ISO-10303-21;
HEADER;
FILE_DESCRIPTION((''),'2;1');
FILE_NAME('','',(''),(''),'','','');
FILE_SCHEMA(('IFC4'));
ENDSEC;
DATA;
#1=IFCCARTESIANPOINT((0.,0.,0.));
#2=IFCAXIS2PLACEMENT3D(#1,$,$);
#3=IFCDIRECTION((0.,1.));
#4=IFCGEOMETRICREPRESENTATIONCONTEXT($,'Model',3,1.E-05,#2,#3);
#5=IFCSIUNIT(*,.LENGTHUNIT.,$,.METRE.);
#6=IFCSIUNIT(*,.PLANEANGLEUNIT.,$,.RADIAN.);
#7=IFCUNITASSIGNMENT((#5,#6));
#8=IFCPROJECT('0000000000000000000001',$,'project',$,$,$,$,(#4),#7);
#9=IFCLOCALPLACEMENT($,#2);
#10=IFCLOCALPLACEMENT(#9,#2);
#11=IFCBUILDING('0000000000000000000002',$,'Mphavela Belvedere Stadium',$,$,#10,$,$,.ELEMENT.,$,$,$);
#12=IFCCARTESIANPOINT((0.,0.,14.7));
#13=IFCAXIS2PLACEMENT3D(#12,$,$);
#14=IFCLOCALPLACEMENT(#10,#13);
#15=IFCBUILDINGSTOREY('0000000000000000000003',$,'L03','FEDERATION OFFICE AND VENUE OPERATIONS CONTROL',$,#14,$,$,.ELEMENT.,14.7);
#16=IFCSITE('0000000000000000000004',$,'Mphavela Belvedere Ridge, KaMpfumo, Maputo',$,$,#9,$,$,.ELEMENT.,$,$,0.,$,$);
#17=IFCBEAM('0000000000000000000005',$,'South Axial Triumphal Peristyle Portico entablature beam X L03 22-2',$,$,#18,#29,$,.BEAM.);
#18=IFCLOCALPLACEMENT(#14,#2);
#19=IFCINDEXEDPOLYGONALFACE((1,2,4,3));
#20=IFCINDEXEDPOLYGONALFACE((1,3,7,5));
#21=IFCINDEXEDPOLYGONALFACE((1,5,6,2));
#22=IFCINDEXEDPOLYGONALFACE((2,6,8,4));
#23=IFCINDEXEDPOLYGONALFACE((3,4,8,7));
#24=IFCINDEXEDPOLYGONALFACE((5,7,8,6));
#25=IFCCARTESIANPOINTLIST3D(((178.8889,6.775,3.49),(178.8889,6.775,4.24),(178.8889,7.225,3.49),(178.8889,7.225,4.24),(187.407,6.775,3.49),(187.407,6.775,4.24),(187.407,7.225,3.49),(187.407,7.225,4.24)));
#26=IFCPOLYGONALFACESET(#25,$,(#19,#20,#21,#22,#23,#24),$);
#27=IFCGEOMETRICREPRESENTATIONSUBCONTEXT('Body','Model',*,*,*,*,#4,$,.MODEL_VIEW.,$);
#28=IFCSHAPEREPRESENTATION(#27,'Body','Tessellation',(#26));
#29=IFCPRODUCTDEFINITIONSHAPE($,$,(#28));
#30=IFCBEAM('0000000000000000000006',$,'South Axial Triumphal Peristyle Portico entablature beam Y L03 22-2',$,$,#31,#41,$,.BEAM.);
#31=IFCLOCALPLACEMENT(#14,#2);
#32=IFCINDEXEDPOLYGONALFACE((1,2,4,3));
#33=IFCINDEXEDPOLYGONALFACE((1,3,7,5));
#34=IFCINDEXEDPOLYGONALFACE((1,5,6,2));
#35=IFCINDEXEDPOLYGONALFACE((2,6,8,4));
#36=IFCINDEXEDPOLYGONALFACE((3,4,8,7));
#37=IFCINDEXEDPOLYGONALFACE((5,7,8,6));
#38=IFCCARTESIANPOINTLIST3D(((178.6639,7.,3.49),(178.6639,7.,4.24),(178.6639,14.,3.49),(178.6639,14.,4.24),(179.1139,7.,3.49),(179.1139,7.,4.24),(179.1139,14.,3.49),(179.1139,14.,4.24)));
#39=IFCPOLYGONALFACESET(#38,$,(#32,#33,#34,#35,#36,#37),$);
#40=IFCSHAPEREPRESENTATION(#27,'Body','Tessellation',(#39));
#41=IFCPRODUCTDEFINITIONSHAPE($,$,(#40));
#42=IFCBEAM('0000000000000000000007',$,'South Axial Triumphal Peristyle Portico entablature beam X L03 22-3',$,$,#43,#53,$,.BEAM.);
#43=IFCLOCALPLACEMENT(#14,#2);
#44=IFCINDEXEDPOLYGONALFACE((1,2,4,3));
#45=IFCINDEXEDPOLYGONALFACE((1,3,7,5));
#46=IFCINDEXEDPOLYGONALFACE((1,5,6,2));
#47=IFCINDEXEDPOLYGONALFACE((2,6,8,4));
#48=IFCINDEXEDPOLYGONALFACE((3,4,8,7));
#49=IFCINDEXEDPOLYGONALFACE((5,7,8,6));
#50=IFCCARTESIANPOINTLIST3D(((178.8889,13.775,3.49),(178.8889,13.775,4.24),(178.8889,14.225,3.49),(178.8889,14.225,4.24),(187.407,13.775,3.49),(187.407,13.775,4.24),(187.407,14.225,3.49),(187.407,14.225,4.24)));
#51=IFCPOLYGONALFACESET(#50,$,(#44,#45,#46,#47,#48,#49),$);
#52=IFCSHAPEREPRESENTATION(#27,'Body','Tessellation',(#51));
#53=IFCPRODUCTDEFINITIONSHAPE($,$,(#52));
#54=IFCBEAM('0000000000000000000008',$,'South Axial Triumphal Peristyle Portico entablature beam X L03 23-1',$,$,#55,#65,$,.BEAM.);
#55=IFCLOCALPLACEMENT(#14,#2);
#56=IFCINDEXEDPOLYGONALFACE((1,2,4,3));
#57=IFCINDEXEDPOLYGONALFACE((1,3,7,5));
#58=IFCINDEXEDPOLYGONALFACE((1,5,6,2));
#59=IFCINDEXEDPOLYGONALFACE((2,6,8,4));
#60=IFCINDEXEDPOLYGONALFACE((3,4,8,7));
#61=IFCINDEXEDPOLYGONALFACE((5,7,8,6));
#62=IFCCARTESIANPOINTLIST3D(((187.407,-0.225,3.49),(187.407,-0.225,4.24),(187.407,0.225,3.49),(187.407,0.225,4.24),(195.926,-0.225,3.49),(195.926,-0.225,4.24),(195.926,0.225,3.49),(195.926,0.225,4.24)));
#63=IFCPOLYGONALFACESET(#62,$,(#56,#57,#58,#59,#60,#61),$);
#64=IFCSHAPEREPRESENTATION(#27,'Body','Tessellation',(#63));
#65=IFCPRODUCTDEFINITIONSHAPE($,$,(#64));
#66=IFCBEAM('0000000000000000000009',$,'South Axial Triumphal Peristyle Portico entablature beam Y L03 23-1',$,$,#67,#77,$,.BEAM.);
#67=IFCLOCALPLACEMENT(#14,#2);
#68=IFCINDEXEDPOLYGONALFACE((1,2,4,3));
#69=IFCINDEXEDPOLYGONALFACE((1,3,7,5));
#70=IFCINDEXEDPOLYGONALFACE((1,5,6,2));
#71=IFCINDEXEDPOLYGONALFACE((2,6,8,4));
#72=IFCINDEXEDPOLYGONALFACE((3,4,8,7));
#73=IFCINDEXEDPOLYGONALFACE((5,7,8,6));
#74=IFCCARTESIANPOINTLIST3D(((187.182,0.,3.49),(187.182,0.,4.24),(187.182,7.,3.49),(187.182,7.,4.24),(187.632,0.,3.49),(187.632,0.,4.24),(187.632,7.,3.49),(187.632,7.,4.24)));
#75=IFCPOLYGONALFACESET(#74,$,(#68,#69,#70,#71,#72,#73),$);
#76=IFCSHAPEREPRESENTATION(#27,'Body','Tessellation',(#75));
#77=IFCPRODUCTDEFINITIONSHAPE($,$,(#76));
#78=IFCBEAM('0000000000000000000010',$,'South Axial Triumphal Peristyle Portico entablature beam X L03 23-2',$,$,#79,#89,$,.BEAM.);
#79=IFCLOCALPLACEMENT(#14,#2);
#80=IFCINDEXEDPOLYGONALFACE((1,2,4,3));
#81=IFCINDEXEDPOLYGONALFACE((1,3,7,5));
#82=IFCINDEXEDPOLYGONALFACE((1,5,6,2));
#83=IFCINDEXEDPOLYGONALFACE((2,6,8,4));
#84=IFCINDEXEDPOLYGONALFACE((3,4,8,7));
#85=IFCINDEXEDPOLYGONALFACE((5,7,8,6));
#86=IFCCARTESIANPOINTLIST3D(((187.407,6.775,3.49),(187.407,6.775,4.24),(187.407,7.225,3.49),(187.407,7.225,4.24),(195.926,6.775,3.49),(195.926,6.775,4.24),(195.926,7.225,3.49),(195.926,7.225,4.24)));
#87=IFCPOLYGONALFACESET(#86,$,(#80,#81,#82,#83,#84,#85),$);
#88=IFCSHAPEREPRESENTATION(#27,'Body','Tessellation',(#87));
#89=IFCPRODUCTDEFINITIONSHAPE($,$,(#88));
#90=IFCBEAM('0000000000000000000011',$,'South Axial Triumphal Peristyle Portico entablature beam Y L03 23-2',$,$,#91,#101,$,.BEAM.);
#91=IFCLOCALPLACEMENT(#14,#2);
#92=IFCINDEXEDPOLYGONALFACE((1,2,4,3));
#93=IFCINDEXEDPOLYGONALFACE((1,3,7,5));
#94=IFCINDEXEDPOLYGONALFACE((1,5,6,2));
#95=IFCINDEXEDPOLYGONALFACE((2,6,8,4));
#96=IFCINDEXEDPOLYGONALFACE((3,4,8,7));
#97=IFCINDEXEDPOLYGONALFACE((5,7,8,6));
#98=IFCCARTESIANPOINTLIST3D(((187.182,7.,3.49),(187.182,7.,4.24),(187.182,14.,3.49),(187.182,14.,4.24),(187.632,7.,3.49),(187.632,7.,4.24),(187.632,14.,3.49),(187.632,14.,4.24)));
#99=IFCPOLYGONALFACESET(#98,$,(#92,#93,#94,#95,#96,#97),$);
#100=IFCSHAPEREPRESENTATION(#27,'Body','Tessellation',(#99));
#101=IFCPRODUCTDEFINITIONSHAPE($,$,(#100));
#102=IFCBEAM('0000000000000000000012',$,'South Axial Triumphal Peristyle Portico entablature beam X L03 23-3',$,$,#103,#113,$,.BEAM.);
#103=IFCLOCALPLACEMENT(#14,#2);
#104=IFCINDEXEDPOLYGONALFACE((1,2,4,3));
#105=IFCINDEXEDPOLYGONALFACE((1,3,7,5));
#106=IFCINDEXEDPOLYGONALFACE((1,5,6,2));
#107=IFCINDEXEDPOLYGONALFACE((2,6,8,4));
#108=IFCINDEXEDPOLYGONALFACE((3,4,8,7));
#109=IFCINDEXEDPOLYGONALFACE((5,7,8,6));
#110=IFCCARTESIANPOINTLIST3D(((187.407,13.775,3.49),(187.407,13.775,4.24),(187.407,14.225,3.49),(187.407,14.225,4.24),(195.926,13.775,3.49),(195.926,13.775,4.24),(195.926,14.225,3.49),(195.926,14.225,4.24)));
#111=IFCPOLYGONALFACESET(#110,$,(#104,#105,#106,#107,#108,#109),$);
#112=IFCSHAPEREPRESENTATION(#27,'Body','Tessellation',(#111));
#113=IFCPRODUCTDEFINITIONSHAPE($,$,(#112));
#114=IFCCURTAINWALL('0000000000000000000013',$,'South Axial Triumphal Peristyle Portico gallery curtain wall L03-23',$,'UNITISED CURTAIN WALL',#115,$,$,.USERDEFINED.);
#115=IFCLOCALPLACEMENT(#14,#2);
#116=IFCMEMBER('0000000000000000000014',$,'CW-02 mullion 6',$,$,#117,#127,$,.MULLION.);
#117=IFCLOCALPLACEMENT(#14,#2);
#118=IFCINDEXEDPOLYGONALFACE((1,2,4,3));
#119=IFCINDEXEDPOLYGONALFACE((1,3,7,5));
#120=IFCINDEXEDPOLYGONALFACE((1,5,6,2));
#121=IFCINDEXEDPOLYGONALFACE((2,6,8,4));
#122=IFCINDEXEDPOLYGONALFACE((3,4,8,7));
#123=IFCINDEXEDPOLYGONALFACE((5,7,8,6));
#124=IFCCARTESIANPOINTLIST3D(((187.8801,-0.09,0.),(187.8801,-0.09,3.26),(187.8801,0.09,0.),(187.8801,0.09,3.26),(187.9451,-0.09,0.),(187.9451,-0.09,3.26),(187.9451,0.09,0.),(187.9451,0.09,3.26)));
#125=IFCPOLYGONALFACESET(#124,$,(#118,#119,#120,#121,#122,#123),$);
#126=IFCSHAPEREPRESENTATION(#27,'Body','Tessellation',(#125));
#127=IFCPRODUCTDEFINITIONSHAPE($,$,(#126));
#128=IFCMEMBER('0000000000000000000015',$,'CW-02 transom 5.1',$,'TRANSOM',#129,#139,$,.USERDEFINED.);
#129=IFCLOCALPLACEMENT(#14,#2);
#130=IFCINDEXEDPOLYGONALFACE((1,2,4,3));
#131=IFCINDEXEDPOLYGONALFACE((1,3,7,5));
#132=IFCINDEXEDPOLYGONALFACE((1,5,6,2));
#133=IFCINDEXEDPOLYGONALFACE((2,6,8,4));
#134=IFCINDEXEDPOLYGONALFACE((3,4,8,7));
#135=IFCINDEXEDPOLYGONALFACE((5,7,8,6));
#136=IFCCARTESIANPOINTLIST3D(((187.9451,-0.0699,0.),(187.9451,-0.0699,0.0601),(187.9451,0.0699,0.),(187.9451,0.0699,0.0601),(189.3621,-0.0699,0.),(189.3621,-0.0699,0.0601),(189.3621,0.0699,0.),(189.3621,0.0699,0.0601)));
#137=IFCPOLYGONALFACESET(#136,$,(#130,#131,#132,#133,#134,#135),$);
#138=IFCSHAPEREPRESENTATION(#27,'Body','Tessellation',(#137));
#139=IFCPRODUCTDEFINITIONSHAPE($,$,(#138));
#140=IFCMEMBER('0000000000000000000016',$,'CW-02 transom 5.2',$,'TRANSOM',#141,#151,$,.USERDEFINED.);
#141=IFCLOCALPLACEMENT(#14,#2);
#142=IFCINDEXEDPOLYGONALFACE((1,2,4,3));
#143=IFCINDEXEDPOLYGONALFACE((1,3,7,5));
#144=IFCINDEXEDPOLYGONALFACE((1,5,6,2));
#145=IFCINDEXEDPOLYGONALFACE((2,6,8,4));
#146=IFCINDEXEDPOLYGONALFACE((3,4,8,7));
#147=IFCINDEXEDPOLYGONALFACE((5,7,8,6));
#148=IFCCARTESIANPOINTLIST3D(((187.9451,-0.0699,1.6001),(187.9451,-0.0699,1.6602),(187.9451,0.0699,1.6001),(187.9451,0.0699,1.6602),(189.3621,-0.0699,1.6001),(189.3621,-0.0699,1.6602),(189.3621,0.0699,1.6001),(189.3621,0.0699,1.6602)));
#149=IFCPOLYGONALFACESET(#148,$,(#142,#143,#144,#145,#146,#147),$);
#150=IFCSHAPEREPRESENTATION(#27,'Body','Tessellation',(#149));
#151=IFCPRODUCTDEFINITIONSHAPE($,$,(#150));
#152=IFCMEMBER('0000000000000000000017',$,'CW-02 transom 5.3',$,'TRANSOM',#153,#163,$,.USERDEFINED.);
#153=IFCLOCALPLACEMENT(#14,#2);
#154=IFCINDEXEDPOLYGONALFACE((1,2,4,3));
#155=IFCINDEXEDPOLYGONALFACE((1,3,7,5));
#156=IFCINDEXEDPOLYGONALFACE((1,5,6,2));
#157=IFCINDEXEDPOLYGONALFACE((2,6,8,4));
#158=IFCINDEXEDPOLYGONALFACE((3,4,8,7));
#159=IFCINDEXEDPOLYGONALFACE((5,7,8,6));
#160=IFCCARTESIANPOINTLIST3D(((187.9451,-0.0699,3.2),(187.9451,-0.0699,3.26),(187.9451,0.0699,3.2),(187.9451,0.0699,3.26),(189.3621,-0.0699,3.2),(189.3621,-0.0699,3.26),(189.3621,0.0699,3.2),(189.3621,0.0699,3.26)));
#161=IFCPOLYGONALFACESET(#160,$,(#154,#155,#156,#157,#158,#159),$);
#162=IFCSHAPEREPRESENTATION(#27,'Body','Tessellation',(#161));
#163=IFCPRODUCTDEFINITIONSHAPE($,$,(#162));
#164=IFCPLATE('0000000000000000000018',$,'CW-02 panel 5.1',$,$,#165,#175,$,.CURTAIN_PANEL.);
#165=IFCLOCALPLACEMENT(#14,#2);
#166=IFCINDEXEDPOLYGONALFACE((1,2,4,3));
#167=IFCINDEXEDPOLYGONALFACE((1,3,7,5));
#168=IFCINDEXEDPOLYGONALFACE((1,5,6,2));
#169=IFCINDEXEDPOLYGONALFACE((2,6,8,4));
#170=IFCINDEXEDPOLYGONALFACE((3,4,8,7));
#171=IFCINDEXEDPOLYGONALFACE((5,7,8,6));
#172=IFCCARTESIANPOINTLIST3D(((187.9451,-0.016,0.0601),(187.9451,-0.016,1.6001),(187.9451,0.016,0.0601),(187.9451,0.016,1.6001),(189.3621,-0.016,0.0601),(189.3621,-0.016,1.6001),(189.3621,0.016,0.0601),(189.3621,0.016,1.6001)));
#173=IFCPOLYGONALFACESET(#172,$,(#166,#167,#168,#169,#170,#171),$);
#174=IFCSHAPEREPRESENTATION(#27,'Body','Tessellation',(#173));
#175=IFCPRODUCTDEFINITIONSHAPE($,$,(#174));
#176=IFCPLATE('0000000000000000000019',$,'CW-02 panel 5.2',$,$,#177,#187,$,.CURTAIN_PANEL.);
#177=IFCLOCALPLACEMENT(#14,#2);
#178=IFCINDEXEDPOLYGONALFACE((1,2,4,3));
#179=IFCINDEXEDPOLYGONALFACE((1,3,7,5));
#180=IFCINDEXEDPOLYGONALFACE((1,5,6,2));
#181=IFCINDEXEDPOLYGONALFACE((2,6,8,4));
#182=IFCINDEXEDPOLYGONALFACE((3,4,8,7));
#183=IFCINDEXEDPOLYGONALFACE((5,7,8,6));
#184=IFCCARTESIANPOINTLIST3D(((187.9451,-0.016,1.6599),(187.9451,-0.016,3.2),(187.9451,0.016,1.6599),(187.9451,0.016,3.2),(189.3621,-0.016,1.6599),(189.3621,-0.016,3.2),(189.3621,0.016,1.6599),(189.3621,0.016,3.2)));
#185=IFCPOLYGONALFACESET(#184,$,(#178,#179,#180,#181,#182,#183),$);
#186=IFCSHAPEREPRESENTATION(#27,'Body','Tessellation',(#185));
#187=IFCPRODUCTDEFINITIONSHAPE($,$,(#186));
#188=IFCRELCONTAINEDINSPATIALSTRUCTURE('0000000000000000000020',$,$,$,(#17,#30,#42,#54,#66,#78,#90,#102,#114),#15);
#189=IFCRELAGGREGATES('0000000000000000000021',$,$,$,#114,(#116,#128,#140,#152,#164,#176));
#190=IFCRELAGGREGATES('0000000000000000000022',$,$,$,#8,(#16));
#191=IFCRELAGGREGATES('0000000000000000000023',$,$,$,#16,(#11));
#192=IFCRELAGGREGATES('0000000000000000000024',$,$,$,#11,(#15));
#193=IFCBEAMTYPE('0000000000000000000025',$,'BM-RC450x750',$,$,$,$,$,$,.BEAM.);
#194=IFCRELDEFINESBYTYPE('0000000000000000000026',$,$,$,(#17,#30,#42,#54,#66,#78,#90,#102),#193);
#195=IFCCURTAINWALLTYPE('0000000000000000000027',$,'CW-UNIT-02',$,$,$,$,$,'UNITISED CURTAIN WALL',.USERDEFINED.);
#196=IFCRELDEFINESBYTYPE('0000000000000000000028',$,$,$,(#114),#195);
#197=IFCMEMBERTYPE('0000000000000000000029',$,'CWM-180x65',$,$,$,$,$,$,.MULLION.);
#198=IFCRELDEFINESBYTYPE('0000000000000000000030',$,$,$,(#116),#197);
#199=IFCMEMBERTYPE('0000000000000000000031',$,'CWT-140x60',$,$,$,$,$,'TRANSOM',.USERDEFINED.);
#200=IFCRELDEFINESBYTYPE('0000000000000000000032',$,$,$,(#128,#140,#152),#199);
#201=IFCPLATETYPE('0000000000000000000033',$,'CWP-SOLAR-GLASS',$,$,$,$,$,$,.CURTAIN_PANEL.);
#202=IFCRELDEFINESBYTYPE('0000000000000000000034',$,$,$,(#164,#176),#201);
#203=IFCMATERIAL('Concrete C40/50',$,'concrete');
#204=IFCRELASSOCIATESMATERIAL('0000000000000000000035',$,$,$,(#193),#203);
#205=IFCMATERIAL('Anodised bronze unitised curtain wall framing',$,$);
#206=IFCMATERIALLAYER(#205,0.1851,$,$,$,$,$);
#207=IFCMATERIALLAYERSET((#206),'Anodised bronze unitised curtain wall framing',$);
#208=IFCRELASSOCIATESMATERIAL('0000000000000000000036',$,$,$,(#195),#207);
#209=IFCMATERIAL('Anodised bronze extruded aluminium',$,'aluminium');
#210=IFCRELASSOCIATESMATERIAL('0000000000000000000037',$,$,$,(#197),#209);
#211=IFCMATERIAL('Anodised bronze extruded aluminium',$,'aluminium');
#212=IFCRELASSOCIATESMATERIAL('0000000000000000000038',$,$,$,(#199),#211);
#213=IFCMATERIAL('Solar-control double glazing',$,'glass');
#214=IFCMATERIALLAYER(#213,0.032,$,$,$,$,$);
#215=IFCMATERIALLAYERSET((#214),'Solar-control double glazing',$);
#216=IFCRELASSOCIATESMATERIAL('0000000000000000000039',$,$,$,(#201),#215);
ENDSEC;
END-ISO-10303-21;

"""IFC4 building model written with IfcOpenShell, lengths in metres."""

from ifc_helpers import new_model, si_unit, direction, frame, origin, origin_2d, place, context, subcontext, project, spatial, rectangle, extrude, material, layer, layer_set, material_profile, profile_set, type_object, element, aggregate, save


model = new_model("IFC4")

# Units and contexts
model_context = context("Model", 3, precision=1e-05, world=origin(), true_north=direction((0.0, 1.0)))
body_context = subcontext(model_context, "Body", "Model", "MODEL_VIEW")
ifc_project = project(units=[si_unit("LENGTHUNIT", "METRE"), si_unit("PLANEANGLEUNIT", "RADIAN")], contexts=[model_context])

# Site, building, storey
site_placement = place(None, origin())
site = spatial("IfcSite", under=ifc_project, at=site_placement, Name="Mphavela Belvedere Ridge, KaMpfumo, Maputo", CompositionType="ELEMENT", RefElevation=0.0)
building_placement = place(site_placement, origin())
building = spatial("IfcBuilding", under=site, at=building_placement, Name="Mphavela Belvedere Stadium", CompositionType="ELEMENT")
storey_placement = place(building_placement, frame((0.0, 0.0, 14.7)))
storey = spatial("IfcBuildingStorey", under=building, at=storey_placement, Name="L03", Description="FEDERATION OFFICE AND VENUE OPERATIONS CONTROL", CompositionType="ELEMENT", Elevation=14.7)

# Beams
ifc_material_1 = material(Name="Concrete C40/50", Category="concrete")
ifc_material_profile_1 = material_profile(ifc_material_1, rectangle(XDim=0.45, YDim=0.75, at=origin_2d()), Name="RC 450x750")
ifc_profile_set_1 = profile_set([ifc_material_profile_1], Name="Concrete C40/50")
beam_type_1 = type_object("IfcBeamType", Name="BM-RC450x750", PredefinedType="BEAM", material=ifc_profile_set_1)
beam_1_placement = place(storey_placement, frame((178.8889, 7.0, 3.865), z_axis=(1.0, 0.0, 0.0), x_axis=(0.0, 1.0, 0.0)))
element("IfcBeam", 1, at=beam_1_placement, inside=storey, type_object=beam_type_1, Name="South Axial Triumphal Peristyle Portico entablature beam X L03 22-2", PredefinedType="BEAM", context=body_context, shape_type="SweptSolid", body=[
    extrude(rectangle(XDim=0.45, YDim=0.75, at=origin_2d()), origin(), (0.0, 0.0, 1.0), 8.5181),
])
beam_2_placement = place(storey_placement, frame((178.8889, 7.0, 3.865), z_axis=(0.0, 1.0, 0.0), x_axis=(-1.0, 0.0, 0.0)))
element("IfcBeam", 2, at=beam_2_placement, inside=storey, type_object=beam_type_1, Name="South Axial Triumphal Peristyle Portico entablature beam Y L03 22-2", PredefinedType="BEAM", context=body_context, shape_type="SweptSolid", body=[
    extrude(rectangle(XDim=0.45, YDim=0.75, at=origin_2d()), origin(), (0.0, 0.0, 1.0), 7.0),
])
beam_3_placement = place(storey_placement, frame((178.8889, 14.0, 3.865), z_axis=(1.0, 0.0, 0.0), x_axis=(0.0, 1.0, 0.0)))
element("IfcBeam", 3, at=beam_3_placement, inside=storey, type_object=beam_type_1, Name="South Axial Triumphal Peristyle Portico entablature beam X L03 22-3", PredefinedType="BEAM", context=body_context, shape_type="SweptSolid", body=[
    extrude(rectangle(XDim=0.45, YDim=0.75, at=origin_2d()), origin(), (0.0, 0.0, 1.0), 8.5181),
])
beam_4_placement = place(storey_placement, frame((187.407, 0.0, 3.865), z_axis=(1.0, 0.0, 0.0), x_axis=(0.0, 1.0, 0.0)))
element("IfcBeam", 4, at=beam_4_placement, inside=storey, type_object=beam_type_1, Name="South Axial Triumphal Peristyle Portico entablature beam X L03 23-1", PredefinedType="BEAM", context=body_context, shape_type="SweptSolid", body=[
    extrude(rectangle(XDim=0.45, YDim=0.75, at=origin_2d()), origin(), (0.0, 0.0, 1.0), 8.519),
])
beam_5_placement = place(storey_placement, frame((187.407, 0.0, 3.865), z_axis=(0.0, 1.0, 0.0), x_axis=(-1.0, 0.0, 0.0)))
element("IfcBeam", 5, at=beam_5_placement, inside=storey, type_object=beam_type_1, Name="South Axial Triumphal Peristyle Portico entablature beam Y L03 23-1", PredefinedType="BEAM", context=body_context, shape_type="SweptSolid", body=[
    extrude(rectangle(XDim=0.45, YDim=0.75, at=origin_2d()), origin(), (0.0, 0.0, 1.0), 7.0),
])
beam_6_placement = place(storey_placement, frame((187.407, 7.0, 3.865), z_axis=(1.0, 0.0, 0.0), x_axis=(0.0, 1.0, 0.0)))
element("IfcBeam", 6, at=beam_6_placement, inside=storey, type_object=beam_type_1, Name="South Axial Triumphal Peristyle Portico entablature beam X L03 23-2", PredefinedType="BEAM", context=body_context, shape_type="SweptSolid", body=[
    extrude(rectangle(XDim=0.45, YDim=0.75, at=origin_2d()), origin(), (0.0, 0.0, 1.0), 8.519),
])
beam_7_placement = place(storey_placement, frame((187.407, 7.0, 3.865), z_axis=(0.0, 1.0, 0.0), x_axis=(-1.0, 0.0, 0.0)))
element("IfcBeam", 7, at=beam_7_placement, inside=storey, type_object=beam_type_1, Name="South Axial Triumphal Peristyle Portico entablature beam Y L03 23-2", PredefinedType="BEAM", context=body_context, shape_type="SweptSolid", body=[
    extrude(rectangle(XDim=0.45, YDim=0.75, at=origin_2d()), origin(), (0.0, 0.0, 1.0), 7.0),
])
beam_8_placement = place(storey_placement, frame((187.407, 14.0, 3.865), z_axis=(1.0, 0.0, 0.0), x_axis=(0.0, 1.0, 0.0)))
element("IfcBeam", 8, at=beam_8_placement, inside=storey, type_object=beam_type_1, Name="South Axial Triumphal Peristyle Portico entablature beam X L03 23-3", PredefinedType="BEAM", context=body_context, shape_type="SweptSolid", body=[
    extrude(rectangle(XDim=0.45, YDim=0.75, at=origin_2d()), origin(), (0.0, 0.0, 1.0), 8.519),
])

# Curtain wall, members, plates
ifc_material_2 = material(Name="Anodised bronze unitised curtain wall framing")
ifc_layer_1 = layer(ifc_material_2, 0.1851)
ifc_layer_set_1 = layer_set([ifc_layer_1], Name="Anodised bronze unitised curtain wall framing")
curtain_wall_type = type_object("IfcCurtainWallType", Name="CW-UNIT-02", ElementType="UNITISED CURTAIN WALL", PredefinedType="USERDEFINED", material=ifc_layer_set_1)
curtain_wall_placement = place(storey_placement, origin())
curtain_wall = element("IfcCurtainWall", 9, at=curtain_wall_placement, inside=storey, type_object=curtain_wall_type, Name="South Axial Triumphal Peristyle Portico gallery curtain wall L03-23", ObjectType="UNITISED CURTAIN WALL", PredefinedType="USERDEFINED")
ifc_material_3 = material(Name="Anodised bronze extruded aluminium", Category="aluminium")
ifc_material_profile_2 = material_profile(ifc_material_3, rectangle(XDim=0.1799, YDim=0.0649, at=origin_2d()), Name="CW-MUL 180x65")
ifc_profile_set_2 = profile_set([ifc_material_profile_2], Name="Anodised bronze extruded aluminium")
member_type_1 = type_object("IfcMemberType", Name="CWM-180x65", PredefinedType="MULLION", material=ifc_profile_set_2)
member_1_placement = place(storey_placement, frame((187.9126, 0.0, 0.0), z_axis=(0.0, 0.0, 1.0), x_axis=(0.0, -1.0, 0.0)))
member_1 = element("IfcMember", 10, at=member_1_placement, type_object=member_type_1, Name="CW-02 mullion 6", PredefinedType="MULLION", context=body_context, shape_type="SweptSolid", body=[
    extrude(rectangle(XDim=0.1799, YDim=0.0649, at=origin_2d()), origin(), (0.0, 0.0, 1.0), 3.26),
])
ifc_material_4 = material(Name="Anodised bronze extruded aluminium", Category="aluminium")
ifc_material_profile_3 = material_profile(ifc_material_4, rectangle(XDim=0.1399, YDim=0.0601, at=origin_2d()), Name="CW-TRN 140x60")
ifc_profile_set_3 = profile_set([ifc_material_profile_3], Name="Anodised bronze extruded aluminium")
member_type_2 = type_object("IfcMemberType", Name="CWT-140x60", ElementType="TRANSOM", PredefinedType="USERDEFINED", material=ifc_profile_set_3)
member_2_placement = place(storey_placement, frame((189.3621, 0.0, 0.03), z_axis=(-1.0, 0.0, 0.0), x_axis=(0.0, -1.0, 0.0)))
member_2 = element("IfcMember", 11, at=member_2_placement, type_object=member_type_2, Name="CW-02 transom 5.1", ObjectType="TRANSOM", PredefinedType="USERDEFINED", context=body_context, shape_type="SweptSolid", body=[
    extrude(rectangle(XDim=0.1399, YDim=0.0601, at=origin_2d()), origin(), (0.0, 0.0, 1.0), 1.417),
])
member_3_placement = place(storey_placement, frame((189.3621, 0.0, 1.6301), z_axis=(-1.0, 0.0, 0.0), x_axis=(0.0, -1.0, 0.0)))
member_3 = element("IfcMember", 12, at=member_3_placement, type_object=member_type_2, Name="CW-02 transom 5.2", ObjectType="TRANSOM", PredefinedType="USERDEFINED", context=body_context, shape_type="SweptSolid", body=[
    extrude(rectangle(XDim=0.1399, YDim=0.0601, at=origin_2d()), origin(), (0.0, 0.0, 1.0), 1.417),
])
member_4_placement = place(storey_placement, frame((189.3621, 0.0, 3.23), z_axis=(-1.0, 0.0, 0.0), x_axis=(0.0, -1.0, 0.0)))
member_4 = element("IfcMember", 13, at=member_4_placement, type_object=member_type_2, Name="CW-02 transom 5.3", ObjectType="TRANSOM", PredefinedType="USERDEFINED", context=body_context, shape_type="SweptSolid", body=[
    extrude(rectangle(XDim=0.1399, YDim=0.0601, at=origin_2d()), origin(), (0.0, 0.0, 1.0), 1.417),
])
ifc_material_5 = material(Name="Solar-control double glazing", Category="glass")
ifc_layer_2 = layer(ifc_material_5, 0.032)
ifc_layer_set_2 = layer_set([ifc_layer_2], Name="Solar-control double glazing")
plate_type = type_object("IfcPlateType", Name="CWP-SOLAR-GLASS", PredefinedType="CURTAIN_PANEL", material=ifc_layer_set_2)
plate_1_placement = place(storey_placement, frame((188.6536, 0.0, 0.0601), z_axis=(0.0, 0.0, 1.0), x_axis=(-1.0, 0.0, 0.0)))
plate_1 = element("IfcPlate", 14, at=plate_1_placement, type_object=plate_type, Name="CW-02 panel 5.1", PredefinedType="CURTAIN_PANEL", context=body_context, shape_type="SweptSolid", body=[
    extrude(rectangle(XDim=1.417, YDim=0.032, at=origin_2d()), origin(), (0.0, 0.0, 1.0), 1.54),
])
plate_2_placement = place(storey_placement, frame((188.6536, 0.0, 1.6599), z_axis=(0.0, 0.0, 1.0), x_axis=(-1.0, 0.0, 0.0)))
plate_2 = element("IfcPlate", 15, at=plate_2_placement, type_object=plate_type, Name="CW-02 panel 5.2", PredefinedType="CURTAIN_PANEL", context=body_context, shape_type="SweptSolid", body=[
    extrude(rectangle(XDim=1.417, YDim=0.032, at=origin_2d()), origin(), (0.0, 0.0, 1.0), 1.54),
])
aggregate(curtain_wall, [member_1, member_2, member_3, member_4, plate_1, plate_2])

save(model, "model.ifc")
